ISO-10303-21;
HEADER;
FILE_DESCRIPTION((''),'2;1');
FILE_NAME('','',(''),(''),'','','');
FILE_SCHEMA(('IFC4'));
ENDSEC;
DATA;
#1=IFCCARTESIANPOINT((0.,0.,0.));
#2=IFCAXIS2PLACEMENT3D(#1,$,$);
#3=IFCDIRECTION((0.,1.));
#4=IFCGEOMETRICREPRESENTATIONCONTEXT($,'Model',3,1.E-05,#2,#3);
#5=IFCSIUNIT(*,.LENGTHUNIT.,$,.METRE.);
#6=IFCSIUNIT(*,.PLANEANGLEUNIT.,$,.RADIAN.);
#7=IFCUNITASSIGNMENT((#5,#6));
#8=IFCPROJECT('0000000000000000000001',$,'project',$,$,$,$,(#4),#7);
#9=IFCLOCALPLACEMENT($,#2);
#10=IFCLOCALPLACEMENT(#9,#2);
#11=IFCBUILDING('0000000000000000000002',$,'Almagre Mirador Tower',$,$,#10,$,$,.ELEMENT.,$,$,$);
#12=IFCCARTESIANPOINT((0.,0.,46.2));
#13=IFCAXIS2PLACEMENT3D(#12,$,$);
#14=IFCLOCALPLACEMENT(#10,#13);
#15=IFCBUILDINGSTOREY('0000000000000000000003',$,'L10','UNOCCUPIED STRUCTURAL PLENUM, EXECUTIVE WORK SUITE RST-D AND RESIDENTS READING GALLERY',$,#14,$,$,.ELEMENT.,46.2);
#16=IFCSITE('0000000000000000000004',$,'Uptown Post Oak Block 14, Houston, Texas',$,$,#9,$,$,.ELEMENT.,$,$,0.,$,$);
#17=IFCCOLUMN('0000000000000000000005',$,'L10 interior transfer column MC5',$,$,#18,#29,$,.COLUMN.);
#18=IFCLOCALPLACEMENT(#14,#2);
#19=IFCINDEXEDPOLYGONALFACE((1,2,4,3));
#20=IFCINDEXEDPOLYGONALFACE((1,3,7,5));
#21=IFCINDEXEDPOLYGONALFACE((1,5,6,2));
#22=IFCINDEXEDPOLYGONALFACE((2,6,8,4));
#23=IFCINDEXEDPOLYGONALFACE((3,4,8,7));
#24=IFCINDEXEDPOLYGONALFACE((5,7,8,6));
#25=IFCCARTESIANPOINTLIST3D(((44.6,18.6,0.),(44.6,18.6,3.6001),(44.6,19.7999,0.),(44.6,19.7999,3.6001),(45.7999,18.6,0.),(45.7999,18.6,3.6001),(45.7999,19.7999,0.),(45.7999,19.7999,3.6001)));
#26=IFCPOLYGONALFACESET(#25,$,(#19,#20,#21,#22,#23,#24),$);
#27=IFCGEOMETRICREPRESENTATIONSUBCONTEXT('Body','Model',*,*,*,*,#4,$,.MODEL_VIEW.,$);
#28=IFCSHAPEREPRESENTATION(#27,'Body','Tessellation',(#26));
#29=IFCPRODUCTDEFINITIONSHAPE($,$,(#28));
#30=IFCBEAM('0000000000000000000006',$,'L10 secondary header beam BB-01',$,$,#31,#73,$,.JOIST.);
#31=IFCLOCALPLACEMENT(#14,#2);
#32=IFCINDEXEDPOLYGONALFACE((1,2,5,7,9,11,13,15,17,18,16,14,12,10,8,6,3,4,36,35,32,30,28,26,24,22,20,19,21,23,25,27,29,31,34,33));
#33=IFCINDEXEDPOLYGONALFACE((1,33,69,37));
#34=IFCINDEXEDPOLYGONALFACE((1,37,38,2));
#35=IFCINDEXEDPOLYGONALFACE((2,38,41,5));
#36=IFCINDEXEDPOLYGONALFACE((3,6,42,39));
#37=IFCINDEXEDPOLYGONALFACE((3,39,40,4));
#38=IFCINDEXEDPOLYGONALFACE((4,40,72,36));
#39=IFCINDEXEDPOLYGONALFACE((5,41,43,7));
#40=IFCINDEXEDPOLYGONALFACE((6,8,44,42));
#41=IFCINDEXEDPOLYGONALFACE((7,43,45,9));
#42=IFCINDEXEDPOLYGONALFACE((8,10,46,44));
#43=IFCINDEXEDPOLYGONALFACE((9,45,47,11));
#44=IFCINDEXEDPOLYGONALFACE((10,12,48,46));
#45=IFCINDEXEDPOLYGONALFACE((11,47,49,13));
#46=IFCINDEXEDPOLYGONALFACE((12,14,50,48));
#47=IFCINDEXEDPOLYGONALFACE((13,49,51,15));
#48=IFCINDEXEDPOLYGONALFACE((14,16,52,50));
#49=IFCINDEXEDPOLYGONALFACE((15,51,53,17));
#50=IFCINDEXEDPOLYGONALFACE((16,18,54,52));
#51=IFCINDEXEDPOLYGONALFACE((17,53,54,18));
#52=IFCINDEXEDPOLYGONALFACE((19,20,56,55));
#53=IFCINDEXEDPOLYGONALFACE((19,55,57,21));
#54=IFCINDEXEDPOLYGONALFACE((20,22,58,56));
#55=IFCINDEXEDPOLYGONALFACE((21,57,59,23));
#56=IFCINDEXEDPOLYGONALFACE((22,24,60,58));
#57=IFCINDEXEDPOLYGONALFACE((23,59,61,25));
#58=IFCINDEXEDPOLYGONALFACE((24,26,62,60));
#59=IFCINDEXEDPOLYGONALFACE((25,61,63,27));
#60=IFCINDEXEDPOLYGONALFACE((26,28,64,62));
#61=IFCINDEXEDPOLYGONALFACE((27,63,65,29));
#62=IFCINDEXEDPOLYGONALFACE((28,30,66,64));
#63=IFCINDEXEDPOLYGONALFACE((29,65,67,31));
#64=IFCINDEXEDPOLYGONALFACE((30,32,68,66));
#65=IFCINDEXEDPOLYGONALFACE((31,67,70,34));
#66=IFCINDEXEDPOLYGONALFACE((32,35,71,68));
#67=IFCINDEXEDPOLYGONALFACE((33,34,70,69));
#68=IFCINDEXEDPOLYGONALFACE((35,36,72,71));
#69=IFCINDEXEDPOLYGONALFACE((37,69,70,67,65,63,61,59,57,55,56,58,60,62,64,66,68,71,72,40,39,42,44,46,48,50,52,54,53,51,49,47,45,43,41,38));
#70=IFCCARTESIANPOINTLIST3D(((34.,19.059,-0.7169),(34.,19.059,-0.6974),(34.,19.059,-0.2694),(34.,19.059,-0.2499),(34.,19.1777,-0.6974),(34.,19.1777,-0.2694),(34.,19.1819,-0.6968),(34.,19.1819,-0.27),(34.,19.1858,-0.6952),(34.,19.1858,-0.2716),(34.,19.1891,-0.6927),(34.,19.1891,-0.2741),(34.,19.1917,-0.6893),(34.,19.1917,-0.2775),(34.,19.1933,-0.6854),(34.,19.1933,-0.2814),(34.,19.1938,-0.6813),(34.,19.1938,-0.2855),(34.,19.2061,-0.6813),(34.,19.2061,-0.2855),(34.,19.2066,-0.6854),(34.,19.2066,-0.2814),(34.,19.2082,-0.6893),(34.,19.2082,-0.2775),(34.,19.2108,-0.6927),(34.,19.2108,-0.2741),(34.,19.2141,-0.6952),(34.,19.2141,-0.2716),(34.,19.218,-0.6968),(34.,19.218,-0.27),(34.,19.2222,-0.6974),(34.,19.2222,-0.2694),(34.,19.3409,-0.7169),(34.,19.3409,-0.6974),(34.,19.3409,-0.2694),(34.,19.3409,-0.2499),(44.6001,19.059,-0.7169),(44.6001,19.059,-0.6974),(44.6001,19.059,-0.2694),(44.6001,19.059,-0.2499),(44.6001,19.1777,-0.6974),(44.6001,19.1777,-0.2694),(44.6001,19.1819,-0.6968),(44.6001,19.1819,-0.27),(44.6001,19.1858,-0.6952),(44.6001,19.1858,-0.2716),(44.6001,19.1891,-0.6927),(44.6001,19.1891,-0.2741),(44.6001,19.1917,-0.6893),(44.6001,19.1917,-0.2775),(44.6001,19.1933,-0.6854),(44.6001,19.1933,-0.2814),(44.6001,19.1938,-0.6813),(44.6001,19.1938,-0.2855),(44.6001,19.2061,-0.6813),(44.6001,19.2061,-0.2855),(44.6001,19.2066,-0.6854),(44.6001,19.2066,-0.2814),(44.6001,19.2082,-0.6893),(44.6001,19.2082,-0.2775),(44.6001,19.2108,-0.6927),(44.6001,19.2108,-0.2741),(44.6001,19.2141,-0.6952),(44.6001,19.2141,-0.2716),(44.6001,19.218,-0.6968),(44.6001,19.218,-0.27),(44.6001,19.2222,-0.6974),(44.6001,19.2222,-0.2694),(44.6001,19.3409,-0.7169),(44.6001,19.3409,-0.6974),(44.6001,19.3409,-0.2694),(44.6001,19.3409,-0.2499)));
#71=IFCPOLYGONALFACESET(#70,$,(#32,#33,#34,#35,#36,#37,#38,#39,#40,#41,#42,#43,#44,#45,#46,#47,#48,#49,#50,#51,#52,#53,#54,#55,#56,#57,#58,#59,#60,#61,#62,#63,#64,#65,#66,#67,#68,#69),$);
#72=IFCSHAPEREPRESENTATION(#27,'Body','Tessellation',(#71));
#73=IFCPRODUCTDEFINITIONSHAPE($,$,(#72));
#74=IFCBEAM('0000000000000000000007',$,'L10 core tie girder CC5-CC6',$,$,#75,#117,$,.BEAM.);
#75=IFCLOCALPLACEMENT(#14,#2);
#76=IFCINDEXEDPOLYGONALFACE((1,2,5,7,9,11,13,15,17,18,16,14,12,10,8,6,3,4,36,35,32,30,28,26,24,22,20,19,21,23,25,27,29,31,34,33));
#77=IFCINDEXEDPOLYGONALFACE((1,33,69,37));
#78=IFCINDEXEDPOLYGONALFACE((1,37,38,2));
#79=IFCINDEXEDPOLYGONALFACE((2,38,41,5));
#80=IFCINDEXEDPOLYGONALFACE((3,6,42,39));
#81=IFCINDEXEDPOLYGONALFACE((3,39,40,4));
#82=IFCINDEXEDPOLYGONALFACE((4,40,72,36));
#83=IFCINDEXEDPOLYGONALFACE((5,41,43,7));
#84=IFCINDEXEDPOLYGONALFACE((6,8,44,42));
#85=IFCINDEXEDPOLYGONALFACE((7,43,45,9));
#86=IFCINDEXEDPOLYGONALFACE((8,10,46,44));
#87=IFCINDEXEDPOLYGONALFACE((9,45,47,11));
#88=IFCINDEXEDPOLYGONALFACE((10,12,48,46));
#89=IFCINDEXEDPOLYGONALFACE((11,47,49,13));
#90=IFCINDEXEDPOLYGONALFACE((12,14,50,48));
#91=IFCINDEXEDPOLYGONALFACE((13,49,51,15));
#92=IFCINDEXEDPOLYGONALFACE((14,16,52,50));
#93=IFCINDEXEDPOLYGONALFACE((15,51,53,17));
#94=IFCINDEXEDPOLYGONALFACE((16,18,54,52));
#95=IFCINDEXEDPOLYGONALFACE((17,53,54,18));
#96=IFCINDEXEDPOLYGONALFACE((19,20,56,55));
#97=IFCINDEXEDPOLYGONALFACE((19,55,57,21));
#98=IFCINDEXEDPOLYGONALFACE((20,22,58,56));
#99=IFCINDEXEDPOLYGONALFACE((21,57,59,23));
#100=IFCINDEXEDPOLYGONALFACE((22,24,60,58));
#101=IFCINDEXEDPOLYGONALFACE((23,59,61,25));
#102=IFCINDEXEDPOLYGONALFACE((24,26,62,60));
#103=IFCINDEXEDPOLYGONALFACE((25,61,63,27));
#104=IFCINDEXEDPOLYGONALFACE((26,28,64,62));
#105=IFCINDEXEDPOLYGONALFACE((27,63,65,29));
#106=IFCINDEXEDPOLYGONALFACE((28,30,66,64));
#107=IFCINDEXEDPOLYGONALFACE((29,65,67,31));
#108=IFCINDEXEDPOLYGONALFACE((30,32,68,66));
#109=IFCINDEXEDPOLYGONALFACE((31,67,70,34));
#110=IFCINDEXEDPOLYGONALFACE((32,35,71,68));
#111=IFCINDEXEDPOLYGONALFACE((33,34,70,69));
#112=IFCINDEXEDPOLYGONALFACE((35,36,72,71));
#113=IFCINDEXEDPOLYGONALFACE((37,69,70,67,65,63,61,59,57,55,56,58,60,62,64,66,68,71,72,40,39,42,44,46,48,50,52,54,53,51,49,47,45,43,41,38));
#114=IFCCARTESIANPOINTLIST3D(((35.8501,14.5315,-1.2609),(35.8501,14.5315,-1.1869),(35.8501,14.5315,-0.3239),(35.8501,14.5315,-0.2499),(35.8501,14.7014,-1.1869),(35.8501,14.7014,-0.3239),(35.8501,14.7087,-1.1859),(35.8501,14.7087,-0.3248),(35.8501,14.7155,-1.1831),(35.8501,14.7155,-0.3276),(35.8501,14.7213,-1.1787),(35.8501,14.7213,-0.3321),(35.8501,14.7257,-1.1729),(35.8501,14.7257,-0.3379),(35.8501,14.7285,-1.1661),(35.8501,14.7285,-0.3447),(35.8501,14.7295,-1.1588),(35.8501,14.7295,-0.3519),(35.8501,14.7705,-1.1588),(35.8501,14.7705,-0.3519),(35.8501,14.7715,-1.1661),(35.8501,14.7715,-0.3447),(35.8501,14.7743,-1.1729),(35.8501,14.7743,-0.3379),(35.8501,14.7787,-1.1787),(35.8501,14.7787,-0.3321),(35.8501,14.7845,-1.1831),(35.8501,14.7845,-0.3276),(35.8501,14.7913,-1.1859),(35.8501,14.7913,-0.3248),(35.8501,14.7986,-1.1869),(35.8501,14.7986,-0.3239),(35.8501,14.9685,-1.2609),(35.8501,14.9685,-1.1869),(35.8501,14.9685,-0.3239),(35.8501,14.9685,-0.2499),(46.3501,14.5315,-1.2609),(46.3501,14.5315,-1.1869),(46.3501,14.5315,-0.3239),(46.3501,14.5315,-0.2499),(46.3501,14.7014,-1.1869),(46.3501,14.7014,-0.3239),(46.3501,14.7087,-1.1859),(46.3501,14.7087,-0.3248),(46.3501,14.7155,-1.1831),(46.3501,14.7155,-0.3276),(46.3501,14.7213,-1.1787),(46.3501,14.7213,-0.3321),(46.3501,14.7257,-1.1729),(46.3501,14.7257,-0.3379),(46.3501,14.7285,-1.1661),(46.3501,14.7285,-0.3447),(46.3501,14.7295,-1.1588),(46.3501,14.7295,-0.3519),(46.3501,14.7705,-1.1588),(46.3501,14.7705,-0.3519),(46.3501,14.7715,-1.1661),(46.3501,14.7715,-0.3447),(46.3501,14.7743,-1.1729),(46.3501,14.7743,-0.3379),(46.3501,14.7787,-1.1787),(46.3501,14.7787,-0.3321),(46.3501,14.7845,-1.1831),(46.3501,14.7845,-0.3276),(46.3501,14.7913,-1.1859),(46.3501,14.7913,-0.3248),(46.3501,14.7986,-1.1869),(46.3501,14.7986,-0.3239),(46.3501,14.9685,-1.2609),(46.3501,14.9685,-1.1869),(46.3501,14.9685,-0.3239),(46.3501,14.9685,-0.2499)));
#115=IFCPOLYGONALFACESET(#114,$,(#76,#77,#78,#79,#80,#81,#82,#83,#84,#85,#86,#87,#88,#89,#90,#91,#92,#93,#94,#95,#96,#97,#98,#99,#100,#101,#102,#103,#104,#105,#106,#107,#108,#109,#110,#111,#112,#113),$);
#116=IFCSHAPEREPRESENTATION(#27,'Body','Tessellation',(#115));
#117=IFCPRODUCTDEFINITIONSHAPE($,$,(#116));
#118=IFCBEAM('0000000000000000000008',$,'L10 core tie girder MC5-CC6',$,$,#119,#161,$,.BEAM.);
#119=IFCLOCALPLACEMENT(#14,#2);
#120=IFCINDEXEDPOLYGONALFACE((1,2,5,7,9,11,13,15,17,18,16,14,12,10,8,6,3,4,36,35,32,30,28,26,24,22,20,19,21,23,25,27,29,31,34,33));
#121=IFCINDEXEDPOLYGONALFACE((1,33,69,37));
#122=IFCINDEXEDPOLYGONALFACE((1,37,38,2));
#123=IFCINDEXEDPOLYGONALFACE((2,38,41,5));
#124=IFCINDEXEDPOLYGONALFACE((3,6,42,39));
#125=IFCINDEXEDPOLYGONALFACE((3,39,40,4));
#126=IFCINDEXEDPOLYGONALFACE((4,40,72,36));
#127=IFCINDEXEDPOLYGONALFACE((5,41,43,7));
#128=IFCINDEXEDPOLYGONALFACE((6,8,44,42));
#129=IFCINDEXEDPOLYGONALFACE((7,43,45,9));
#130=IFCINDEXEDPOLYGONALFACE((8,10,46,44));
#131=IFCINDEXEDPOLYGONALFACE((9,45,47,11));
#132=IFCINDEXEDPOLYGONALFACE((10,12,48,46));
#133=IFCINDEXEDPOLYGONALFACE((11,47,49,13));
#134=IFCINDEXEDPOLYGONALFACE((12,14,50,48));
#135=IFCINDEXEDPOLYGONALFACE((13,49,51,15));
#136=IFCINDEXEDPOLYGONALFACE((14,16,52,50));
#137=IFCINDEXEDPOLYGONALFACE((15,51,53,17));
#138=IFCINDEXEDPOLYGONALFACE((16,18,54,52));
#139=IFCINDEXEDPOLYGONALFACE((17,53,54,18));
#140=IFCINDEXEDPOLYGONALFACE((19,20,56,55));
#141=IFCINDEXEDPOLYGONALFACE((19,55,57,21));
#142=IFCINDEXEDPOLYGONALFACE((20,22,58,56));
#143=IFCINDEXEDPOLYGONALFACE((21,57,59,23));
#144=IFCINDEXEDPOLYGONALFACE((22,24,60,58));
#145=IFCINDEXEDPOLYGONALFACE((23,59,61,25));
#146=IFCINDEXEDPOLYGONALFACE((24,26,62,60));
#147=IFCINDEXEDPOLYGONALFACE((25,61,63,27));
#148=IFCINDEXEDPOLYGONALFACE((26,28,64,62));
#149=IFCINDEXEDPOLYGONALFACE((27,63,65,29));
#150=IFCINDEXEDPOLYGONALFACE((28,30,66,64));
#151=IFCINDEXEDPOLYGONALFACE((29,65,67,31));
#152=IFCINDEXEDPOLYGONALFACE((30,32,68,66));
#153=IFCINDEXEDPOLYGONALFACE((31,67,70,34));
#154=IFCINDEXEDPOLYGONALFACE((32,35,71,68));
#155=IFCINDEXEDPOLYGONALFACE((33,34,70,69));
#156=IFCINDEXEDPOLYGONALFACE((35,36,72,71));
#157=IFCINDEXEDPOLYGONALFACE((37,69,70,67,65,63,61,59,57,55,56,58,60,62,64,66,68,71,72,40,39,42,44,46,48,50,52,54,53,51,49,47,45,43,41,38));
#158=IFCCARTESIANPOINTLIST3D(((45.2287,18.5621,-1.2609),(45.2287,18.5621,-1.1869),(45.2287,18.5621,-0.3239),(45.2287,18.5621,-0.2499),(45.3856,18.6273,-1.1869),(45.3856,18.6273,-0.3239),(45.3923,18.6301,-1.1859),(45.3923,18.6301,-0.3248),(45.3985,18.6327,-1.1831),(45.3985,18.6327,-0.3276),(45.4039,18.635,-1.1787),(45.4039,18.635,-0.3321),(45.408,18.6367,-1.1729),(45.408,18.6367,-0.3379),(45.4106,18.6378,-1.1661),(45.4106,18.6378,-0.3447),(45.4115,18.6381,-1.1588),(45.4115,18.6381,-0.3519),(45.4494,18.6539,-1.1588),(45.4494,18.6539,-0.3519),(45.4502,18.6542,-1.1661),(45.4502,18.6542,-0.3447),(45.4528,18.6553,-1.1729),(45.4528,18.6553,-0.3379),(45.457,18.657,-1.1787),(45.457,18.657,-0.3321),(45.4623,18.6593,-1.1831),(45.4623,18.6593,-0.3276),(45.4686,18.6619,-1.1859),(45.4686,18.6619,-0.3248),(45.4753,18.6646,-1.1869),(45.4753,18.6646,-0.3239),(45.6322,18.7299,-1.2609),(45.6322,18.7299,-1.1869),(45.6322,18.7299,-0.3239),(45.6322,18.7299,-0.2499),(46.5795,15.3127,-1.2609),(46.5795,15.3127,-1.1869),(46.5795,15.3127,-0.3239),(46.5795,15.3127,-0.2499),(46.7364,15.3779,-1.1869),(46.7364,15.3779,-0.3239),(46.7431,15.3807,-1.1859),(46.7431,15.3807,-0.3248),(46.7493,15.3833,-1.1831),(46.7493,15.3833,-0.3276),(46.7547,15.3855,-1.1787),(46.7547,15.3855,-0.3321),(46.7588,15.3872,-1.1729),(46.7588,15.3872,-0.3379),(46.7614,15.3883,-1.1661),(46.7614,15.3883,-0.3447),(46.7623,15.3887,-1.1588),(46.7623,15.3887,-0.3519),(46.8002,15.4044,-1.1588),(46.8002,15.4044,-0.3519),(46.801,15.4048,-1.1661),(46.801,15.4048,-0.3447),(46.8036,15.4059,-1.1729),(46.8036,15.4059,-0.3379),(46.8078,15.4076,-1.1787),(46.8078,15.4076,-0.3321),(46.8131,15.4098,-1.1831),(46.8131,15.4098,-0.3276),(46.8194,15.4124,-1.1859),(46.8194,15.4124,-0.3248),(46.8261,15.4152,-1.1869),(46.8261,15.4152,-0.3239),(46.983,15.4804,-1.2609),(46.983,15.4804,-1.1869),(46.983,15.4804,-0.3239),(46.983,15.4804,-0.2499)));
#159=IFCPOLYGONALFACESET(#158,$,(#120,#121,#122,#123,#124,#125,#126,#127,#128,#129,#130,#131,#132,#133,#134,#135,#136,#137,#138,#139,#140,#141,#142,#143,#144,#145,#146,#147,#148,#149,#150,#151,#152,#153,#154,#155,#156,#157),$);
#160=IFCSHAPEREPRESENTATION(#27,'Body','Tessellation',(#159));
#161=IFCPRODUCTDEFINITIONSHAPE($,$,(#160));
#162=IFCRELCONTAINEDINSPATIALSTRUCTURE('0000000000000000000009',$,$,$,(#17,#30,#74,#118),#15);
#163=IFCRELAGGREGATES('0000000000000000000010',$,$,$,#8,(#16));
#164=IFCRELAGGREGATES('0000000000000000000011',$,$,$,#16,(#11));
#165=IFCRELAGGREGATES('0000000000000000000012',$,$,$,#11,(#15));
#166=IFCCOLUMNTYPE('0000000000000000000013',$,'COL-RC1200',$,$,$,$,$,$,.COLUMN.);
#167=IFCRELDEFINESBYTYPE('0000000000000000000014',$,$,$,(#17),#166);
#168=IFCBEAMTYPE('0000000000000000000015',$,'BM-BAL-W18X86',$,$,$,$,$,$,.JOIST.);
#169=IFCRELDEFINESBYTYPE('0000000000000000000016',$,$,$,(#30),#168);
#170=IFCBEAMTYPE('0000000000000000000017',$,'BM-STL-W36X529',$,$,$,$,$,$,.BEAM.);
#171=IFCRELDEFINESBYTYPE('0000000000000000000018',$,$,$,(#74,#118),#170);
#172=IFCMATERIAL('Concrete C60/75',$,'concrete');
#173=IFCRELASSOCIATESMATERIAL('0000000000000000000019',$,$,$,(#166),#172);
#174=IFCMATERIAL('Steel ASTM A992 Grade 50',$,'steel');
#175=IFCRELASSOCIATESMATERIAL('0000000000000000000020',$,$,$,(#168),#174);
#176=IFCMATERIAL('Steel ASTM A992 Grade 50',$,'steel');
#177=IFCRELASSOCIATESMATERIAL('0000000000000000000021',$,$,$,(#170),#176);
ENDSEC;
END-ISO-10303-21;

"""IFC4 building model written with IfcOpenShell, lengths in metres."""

from ifc_helpers import new_model, si_unit, direction, frame, origin, origin_2d, place, context, subcontext, project, spatial, rectangle, i_section, extrude, material, material_profile, profile_set, type_object, element, save


model = new_model("IFC4")

# Units and contexts
model_context = context("Model", 3, precision=1e-05, world=origin(), true_north=direction((0.0, 1.0)))
body_context = subcontext(model_context, "Body", "Model", "MODEL_VIEW")
ifc_project = project(units=[si_unit("LENGTHUNIT", "METRE"), si_unit("PLANEANGLEUNIT", "RADIAN")], contexts=[model_context])

# Site, building, storey
site_placement = place(None, origin())
site = spatial("IfcSite", under=ifc_project, at=site_placement, Name="Uptown Post Oak Block 14, Houston, Texas", CompositionType="ELEMENT", RefElevation=0.0)
building_placement = place(site_placement, origin())
building = spatial("IfcBuilding", under=site, at=building_placement, Name="Almagre Mirador Tower", CompositionType="ELEMENT")
storey_placement = place(building_placement, frame((0.0, 0.0, 46.2)))
storey = spatial("IfcBuildingStorey", under=building, at=storey_placement, Name="L10", Description="UNOCCUPIED STRUCTURAL PLENUM, EXECUTIVE WORK SUITE RST-D AND RESIDENTS READING GALLERY", CompositionType="ELEMENT", Elevation=46.2)

# Column
ifc_material_1 = material(Name="Concrete C60/75", Category="concrete")
ifc_material_profile_1 = material_profile(ifc_material_1, rectangle(XDim=1.2, YDim=1.2, at=origin_2d()), Name="RC1200X1200")
ifc_profile_set_1 = profile_set([ifc_material_profile_1], Name="Concrete C60/75")
column_type = type_object("IfcColumnType", Name="COL-RC1200", PredefinedType="COLUMN", material=ifc_profile_set_1)
column_placement = place(storey_placement, frame((45.2, 19.2, 0.0), z_axis=(0.0, 0.0, 1.0), x_axis=(1.0, 0.0, 0.0)))
element("IfcColumn", 1, at=column_placement, inside=storey, type_object=column_type, Name="L10 interior transfer column MC5", PredefinedType="COLUMN", context=body_context, shape_type="SweptSolid", body=[
    extrude(rectangle(XDim=1.2, YDim=1.2, at=origin_2d()), origin(), (0.0, 0.0, 1.0), 3.6001),
])

# Beams
ifc_material_2 = material(Name="Steel ASTM A992 Grade 50", Category="steel")
ifc_material_profile_2 = material_profile(ifc_material_2, i_section(OverallWidth=0.282, OverallDepth=0.467, WebThickness=0.0122, FlangeThickness=0.0195, FilletRadius=0.0161, at=origin_2d()), Name="W18X86")
ifc_profile_set_2 = profile_set([ifc_material_profile_2], Name="Steel ASTM A992 Grade 50")
beam_type_1 = type_object("IfcBeamType", Name="BM-BAL-W18X86", PredefinedType="JOIST", material=ifc_profile_set_2)
beam_1_placement = place(storey_placement, frame((34.0, 19.2, -0.4834), z_axis=(1.0, 0.0, 0.0), x_axis=(0.0, 1.0, 0.0)))
element("IfcBeam", 2, at=beam_1_placement, inside=storey, type_object=beam_type_1, Name="L10 secondary header beam BB-01", PredefinedType="JOIST", context=body_context, shape_type="SweptSolid", body=[
    extrude(i_section(OverallWidth=0.282, OverallDepth=0.467, WebThickness=0.0122, FlangeThickness=0.0195, FilletRadius=0.0161, at=origin_2d()), origin(), (0.0, 0.0, 1.0), 10.6001),
])
ifc_material_3 = material(Name="Steel ASTM A992 Grade 50", Category="steel")
ifc_material_profile_3 = material_profile(ifc_material_3, i_section(OverallWidth=0.437, OverallDepth=1.011, WebThickness=0.041, FlangeThickness=0.074, FilletRadius=0.0281, at=origin_2d()), Name="W36X529")
ifc_profile_set_3 = profile_set([ifc_material_profile_3], Name="Steel ASTM A992 Grade 50")
beam_type_2 = type_object("IfcBeamType", Name="BM-STL-W36X529", PredefinedType="BEAM", material=ifc_profile_set_3)
beam_2_placement = place(storey_placement, frame((35.8501, 14.75, -0.7554), z_axis=(1.0, 0.0, 0.0), x_axis=(0.0, 1.0, 0.0)))
element("IfcBeam", 3, at=beam_2_placement, inside=storey, type_object=beam_type_2, Name="L10 core tie girder CC5-CC6", PredefinedType="BEAM", context=body_context, shape_type="SweptSolid", body=[
    extrude(i_section(OverallWidth=0.437, OverallDepth=1.011, WebThickness=0.041, FlangeThickness=0.074, FilletRadius=0.0281, at=origin_2d()), origin(), (0.0, 0.0, 1.0), 10.5),
])
beam_3_placement = place(storey_placement, frame((45.4304, 18.646, -0.7554), z_axis=(0.383857, -0.923393, 0.0), x_axis=(0.923393, 0.383857, 0.0)))
element("IfcBeam", 4, at=beam_3_placement, inside=storey, type_object=beam_type_2, Name="L10 core tie girder MC5-CC6", PredefinedType="BEAM", context=body_context, shape_type="SweptSolid", body=[
    extrude(i_section(OverallWidth=0.437, OverallDepth=1.011, WebThickness=0.041, FlangeThickness=0.074, FilletRadius=0.0281, at=origin_2d()), origin(), (0.0, 0.0, 1.0), 3.519),
])

save(model, "model.ifc")
